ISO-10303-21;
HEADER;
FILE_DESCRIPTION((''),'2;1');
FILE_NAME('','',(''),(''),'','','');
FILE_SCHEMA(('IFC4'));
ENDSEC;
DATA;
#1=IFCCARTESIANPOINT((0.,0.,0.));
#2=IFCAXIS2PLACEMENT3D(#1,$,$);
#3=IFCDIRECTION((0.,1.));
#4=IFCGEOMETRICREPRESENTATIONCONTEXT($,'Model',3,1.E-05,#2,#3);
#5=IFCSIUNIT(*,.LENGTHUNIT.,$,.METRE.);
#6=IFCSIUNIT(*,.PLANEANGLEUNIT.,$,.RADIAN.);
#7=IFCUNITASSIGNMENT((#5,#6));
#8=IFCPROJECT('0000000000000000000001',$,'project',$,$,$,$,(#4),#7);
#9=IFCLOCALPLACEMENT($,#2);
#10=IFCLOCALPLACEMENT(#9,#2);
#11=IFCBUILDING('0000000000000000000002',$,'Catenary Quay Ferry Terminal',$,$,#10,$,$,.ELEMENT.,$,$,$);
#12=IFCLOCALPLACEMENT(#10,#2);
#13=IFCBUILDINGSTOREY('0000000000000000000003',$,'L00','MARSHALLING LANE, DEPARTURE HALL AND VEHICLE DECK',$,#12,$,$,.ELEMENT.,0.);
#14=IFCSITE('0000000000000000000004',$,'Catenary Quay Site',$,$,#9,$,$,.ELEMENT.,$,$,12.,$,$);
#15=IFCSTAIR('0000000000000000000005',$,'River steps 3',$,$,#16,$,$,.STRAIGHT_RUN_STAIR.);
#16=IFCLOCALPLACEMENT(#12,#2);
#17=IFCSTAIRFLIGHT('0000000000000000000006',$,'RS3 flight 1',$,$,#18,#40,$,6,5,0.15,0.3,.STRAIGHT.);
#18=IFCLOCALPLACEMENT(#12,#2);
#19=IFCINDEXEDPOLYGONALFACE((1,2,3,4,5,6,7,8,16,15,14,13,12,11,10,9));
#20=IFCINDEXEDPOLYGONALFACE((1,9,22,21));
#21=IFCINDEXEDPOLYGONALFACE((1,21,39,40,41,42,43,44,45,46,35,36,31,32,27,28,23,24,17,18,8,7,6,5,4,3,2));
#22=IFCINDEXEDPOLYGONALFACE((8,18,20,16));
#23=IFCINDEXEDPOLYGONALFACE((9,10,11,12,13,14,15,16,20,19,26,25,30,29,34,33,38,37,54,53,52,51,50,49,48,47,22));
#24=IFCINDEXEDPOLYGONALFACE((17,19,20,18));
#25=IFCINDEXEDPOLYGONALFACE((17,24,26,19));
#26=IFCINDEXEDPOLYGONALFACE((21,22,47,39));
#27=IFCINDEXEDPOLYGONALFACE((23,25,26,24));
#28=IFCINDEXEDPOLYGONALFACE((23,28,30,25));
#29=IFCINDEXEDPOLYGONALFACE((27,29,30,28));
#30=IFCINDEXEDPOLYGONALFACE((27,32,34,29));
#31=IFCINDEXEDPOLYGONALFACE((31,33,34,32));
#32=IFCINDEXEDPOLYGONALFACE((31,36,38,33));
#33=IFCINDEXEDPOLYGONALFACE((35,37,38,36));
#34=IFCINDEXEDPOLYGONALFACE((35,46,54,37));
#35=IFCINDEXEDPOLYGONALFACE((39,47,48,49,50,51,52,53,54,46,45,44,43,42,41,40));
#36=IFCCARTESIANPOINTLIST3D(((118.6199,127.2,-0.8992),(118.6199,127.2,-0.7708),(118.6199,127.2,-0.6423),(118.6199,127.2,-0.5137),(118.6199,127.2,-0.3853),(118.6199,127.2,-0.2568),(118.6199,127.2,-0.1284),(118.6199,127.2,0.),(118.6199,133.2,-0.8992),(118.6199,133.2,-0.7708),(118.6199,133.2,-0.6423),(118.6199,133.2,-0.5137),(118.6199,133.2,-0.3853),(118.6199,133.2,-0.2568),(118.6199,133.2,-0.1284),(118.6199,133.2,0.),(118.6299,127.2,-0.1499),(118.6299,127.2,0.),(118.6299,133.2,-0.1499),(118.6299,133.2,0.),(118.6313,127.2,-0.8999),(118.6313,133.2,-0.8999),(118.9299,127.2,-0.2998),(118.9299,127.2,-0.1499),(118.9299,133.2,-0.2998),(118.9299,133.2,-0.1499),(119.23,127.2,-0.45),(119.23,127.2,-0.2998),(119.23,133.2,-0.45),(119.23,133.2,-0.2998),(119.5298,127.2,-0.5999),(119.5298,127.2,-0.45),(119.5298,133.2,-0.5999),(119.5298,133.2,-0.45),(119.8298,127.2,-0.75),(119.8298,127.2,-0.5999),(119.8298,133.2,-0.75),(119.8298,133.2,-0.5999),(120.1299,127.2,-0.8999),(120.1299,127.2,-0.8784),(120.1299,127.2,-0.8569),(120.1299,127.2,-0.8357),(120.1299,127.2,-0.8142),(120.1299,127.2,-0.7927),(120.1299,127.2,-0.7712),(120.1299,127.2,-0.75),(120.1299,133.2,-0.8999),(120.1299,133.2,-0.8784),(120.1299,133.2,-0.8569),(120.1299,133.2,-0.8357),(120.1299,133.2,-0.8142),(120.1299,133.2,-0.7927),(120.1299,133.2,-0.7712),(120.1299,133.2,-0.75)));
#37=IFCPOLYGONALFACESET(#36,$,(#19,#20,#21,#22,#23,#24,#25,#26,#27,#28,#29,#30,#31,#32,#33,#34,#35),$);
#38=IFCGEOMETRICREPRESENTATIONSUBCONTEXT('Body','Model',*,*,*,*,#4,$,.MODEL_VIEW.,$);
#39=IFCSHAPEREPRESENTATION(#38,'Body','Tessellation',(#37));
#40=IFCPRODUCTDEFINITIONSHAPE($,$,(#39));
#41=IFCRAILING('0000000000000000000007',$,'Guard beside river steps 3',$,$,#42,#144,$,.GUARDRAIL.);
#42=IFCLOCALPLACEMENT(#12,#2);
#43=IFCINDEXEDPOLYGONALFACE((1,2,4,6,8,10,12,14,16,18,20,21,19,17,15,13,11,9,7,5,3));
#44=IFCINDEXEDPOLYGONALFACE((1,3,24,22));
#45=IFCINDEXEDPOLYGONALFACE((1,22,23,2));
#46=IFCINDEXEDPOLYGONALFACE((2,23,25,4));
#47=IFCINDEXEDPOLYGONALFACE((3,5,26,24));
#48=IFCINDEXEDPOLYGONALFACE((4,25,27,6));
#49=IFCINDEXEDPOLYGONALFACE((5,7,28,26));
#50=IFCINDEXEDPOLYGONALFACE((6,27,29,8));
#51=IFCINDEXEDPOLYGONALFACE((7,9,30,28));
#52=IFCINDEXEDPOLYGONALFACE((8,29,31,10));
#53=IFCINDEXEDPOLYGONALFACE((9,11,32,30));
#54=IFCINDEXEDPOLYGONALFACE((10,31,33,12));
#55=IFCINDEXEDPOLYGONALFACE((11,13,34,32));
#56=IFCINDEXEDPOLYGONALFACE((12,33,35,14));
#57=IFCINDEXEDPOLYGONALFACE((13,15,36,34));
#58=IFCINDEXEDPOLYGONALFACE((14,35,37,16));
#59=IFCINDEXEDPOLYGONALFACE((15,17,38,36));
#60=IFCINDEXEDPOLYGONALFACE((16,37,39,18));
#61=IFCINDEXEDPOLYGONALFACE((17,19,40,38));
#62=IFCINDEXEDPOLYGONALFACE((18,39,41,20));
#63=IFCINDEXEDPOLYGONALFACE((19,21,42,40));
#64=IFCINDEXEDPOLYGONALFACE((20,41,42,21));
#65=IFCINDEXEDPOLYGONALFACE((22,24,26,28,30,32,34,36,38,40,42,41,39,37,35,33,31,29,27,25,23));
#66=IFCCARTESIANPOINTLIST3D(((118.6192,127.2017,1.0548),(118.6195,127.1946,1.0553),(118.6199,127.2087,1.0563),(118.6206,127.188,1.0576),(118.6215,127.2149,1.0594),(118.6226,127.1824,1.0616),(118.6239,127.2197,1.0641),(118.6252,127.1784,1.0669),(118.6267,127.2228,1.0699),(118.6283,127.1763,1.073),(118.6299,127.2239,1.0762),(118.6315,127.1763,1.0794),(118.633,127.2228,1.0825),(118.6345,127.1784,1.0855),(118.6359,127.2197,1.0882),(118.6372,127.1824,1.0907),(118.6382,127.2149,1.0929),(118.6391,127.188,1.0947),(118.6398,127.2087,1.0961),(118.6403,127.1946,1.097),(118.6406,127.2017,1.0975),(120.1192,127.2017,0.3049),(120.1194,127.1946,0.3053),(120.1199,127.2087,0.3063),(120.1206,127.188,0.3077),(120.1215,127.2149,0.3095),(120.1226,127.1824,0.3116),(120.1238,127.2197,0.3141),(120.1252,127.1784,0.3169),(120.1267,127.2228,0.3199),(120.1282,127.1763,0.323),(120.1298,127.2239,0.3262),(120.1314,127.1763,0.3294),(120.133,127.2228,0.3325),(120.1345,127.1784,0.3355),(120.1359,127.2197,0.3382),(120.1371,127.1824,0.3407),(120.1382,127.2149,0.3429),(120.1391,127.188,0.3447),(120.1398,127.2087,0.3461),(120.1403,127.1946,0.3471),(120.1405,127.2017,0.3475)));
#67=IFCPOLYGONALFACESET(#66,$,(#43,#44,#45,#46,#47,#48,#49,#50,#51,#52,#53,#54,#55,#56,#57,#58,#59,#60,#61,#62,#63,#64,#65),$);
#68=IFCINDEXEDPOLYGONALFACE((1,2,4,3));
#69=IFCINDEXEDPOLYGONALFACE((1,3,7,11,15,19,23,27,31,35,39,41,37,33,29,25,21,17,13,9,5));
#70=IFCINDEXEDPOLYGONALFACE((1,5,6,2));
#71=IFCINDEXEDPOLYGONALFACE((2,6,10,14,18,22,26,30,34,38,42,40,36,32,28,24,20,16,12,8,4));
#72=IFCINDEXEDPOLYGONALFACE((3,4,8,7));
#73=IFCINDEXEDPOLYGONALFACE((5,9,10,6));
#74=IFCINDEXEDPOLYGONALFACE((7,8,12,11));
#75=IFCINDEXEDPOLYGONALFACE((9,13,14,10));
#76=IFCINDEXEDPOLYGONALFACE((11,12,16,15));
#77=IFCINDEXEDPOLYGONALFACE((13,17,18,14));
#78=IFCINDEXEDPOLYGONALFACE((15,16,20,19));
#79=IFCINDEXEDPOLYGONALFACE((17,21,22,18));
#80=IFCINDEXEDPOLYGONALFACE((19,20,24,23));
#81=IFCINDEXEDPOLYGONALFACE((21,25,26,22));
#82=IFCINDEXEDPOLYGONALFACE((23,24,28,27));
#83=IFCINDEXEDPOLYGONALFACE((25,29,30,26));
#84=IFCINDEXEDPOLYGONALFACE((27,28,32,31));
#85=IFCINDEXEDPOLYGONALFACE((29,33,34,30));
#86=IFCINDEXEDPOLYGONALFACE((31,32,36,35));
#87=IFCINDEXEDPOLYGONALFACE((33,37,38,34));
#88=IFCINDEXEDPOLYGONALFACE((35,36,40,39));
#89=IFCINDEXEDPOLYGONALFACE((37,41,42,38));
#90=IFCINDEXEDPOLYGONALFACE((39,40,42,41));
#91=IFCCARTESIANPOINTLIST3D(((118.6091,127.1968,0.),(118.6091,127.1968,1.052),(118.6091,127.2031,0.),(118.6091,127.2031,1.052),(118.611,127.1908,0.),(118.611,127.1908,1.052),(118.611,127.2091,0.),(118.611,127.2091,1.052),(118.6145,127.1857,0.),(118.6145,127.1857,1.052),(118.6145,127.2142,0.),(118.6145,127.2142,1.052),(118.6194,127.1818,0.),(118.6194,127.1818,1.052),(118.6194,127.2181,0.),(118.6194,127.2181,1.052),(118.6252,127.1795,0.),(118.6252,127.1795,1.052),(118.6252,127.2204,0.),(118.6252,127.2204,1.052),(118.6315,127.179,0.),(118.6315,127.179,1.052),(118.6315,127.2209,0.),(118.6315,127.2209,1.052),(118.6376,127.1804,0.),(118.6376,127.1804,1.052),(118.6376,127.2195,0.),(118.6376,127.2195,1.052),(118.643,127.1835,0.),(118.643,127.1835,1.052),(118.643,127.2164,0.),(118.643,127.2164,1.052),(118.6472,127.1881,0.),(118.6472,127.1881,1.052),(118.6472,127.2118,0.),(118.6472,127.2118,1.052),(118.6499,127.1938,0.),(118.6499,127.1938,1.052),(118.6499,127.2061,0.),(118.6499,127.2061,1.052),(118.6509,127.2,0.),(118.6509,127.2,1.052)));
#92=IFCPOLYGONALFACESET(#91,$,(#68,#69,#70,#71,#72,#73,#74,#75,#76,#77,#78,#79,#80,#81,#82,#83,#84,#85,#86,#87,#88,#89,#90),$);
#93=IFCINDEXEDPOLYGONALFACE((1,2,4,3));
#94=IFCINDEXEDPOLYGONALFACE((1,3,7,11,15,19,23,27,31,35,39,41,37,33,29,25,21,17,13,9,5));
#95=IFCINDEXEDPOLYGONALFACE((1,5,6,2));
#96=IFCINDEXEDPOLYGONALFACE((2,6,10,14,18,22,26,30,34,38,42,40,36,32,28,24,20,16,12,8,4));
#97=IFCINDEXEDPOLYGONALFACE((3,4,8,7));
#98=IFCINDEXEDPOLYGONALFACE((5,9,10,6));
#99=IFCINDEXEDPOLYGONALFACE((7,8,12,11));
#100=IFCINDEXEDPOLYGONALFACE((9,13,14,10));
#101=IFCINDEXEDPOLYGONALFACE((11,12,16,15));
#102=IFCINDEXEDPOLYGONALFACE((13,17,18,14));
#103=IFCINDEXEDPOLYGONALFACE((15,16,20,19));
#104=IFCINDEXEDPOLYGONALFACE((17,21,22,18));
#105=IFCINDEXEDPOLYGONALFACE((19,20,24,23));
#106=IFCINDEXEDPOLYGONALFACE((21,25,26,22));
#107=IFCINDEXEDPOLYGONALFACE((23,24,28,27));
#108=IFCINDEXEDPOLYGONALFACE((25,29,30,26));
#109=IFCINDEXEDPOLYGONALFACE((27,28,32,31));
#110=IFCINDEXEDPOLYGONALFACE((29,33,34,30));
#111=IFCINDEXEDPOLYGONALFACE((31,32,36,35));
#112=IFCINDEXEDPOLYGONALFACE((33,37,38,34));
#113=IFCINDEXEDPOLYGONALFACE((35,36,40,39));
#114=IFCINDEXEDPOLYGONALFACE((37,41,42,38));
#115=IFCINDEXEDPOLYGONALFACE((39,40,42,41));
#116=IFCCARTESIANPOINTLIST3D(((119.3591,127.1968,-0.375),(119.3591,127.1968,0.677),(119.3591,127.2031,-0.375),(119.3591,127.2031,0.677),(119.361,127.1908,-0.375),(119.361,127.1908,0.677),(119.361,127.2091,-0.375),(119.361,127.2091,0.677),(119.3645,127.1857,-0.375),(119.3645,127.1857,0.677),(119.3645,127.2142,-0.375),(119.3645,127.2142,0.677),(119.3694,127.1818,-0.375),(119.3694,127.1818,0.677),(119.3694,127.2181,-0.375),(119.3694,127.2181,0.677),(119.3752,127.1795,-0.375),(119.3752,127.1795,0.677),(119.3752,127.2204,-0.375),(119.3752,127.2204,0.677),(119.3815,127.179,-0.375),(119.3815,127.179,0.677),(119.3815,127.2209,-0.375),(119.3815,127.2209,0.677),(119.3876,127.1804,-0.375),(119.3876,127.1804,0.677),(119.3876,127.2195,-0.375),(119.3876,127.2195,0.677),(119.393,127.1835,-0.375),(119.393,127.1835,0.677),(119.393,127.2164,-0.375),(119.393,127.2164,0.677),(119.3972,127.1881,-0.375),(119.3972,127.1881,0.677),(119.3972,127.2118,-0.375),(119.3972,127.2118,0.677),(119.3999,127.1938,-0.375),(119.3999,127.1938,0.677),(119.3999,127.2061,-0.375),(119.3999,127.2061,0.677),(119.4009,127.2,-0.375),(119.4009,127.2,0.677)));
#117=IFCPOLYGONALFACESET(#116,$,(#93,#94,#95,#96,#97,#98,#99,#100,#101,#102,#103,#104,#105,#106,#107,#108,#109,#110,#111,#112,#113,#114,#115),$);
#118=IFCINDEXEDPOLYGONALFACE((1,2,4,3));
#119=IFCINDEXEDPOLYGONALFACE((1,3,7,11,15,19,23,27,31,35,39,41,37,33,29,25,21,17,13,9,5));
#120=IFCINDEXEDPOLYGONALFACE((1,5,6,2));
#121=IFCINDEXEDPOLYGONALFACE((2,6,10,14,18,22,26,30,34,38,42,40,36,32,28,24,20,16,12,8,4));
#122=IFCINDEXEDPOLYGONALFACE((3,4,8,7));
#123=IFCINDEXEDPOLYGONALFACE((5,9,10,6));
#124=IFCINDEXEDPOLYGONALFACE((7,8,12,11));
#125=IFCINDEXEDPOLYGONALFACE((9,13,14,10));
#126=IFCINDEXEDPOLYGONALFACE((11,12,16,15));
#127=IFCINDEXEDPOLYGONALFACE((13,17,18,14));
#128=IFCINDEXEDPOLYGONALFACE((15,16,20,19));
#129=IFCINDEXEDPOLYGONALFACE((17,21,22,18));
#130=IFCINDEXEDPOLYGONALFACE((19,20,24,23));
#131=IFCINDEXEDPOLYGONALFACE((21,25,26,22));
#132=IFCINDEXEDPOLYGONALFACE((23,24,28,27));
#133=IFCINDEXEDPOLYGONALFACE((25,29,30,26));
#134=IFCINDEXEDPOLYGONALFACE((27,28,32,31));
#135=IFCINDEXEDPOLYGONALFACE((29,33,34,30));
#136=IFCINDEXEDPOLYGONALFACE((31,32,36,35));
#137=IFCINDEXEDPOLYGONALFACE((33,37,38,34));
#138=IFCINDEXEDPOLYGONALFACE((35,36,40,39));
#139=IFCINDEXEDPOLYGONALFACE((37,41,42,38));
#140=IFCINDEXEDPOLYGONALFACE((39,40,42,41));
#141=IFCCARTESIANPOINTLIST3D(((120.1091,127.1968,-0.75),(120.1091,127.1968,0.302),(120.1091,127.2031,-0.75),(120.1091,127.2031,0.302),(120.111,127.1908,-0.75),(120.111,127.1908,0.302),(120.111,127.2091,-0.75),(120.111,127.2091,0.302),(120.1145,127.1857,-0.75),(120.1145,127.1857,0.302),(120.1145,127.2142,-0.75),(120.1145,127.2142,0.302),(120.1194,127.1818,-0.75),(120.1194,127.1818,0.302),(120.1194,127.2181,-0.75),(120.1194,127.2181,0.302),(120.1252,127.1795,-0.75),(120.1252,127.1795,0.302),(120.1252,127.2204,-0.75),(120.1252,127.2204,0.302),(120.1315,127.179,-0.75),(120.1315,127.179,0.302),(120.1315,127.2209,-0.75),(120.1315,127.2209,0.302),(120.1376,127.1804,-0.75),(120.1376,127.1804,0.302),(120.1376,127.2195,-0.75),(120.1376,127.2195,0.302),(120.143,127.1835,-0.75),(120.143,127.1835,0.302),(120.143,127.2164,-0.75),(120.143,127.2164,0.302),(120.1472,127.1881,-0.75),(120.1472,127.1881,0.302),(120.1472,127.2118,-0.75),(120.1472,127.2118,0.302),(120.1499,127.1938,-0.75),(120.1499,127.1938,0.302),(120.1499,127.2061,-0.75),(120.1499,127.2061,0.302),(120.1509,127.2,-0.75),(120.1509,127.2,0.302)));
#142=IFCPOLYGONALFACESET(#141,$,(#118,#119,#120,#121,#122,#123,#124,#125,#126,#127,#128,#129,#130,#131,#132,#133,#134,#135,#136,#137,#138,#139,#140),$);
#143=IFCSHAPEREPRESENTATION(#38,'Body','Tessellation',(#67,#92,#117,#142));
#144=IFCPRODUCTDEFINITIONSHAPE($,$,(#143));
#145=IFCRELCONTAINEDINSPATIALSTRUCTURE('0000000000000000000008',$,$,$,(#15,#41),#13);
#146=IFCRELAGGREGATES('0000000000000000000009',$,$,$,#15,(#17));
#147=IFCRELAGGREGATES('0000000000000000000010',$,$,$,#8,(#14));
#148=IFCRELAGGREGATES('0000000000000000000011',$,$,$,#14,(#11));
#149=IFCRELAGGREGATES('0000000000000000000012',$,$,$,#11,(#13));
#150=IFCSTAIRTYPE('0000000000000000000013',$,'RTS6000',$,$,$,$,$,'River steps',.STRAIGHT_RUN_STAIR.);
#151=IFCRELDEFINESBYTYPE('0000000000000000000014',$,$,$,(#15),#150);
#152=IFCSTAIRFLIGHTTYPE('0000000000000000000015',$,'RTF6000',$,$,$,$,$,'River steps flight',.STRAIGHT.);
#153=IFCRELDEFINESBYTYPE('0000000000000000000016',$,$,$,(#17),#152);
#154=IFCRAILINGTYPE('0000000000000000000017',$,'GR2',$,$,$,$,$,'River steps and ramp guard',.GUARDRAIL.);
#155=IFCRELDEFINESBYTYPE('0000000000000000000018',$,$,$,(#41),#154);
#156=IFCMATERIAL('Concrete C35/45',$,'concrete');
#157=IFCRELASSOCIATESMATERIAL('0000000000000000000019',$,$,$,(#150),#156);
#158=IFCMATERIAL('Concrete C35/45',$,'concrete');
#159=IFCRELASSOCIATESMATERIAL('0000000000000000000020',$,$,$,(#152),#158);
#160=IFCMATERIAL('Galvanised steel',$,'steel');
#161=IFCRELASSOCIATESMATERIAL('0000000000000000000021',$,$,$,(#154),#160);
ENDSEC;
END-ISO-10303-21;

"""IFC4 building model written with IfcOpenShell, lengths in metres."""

from ifc_helpers import new_model, si_unit, direction, frame, origin, origin_2d, place, context, subcontext, project, spatial, polyline, circle, outline, extrude, material, type_object, element, aggregate, save


model = new_model("IFC4")

# Units and contexts
model_context = context("Model", 3, precision=1e-05, world=origin(), true_north=direction((0.0, 1.0)))
body_context = subcontext(model_context, "Body", "Model", "MODEL_VIEW")
ifc_project = project(units=[si_unit("LENGTHUNIT", "METRE"), si_unit("PLANEANGLEUNIT", "RADIAN")], contexts=[model_context])

# Site, building, storey
site_placement = place(None, origin())
site = spatial("IfcSite", under=ifc_project, at=site_placement, Name="Catenary Quay Site", CompositionType="ELEMENT", RefElevation=12.0)
building_placement = place(site_placement, origin())
building = spatial("IfcBuilding", under=site, at=building_placement, Name="Catenary Quay Ferry Terminal", CompositionType="ELEMENT")
storey_placement = place(building_placement, origin())
storey = spatial("IfcBuildingStorey", under=building, at=storey_placement, Name="L00", Description="MARSHALLING LANE, DEPARTURE HALL AND VEHICLE DECK", CompositionType="ELEMENT", Elevation=0.0)

# Stair, stair flight
ifc_material_1 = material(Name="Concrete C35/45", Category="concrete")
stair_type = type_object("IfcStairType", Name="RTS6000", ElementType="River steps", PredefinedType="STRAIGHT_RUN_STAIR", material=ifc_material_1)
stair_placement = place(storey_placement, origin())
stair = element("IfcStair", 1, at=stair_placement, inside=storey, type_object=stair_type, Name="River steps 3", PredefinedType="STRAIGHT_RUN_STAIR")
ifc_material_2 = material(Name="Concrete C35/45", Category="concrete")
stair_flight_type = type_object("IfcStairFlightType", Name="RTF6000", ElementType="River steps flight", PredefinedType="STRAIGHT", material=ifc_material_2)
stair_flight_placement = place(storey_placement, frame((120.1299, 130.2, -0.8999), z_axis=(0.0, 0.0, 1.0), x_axis=(-1.0, 0.0, 0.0)))
stair_flight = element("IfcStairFlight", 2, at=stair_flight_placement, type_object=stair_flight_type, Name="RS3 flight 1", NumberOfRisers=6, NumberOfTreads=5, PredefinedType="STRAIGHT", RiserHeight=0.15, TreadLength=0.3, context=body_context, shape_type="SweptSolid", body=[
    extrude(outline(polyline([(0.0, 0.0), (0.0, 0.0215), (0.0, 0.043), (0.0, 0.0642), (0.0, 0.0857), (0.0, 0.1072), (0.0, 0.1287), (0.0, 0.1499), (0.3, 0.1499), (0.3, 0.3), (0.6001, 0.3), (0.6001, 0.45), (0.8999, 0.45), (0.8999, 0.6001), (1.2, 0.6001), (1.2, 0.75), (1.5, 0.75), (1.5, 0.8999), (1.51, 0.8999), (1.51, 0.7715), (1.51, 0.6431), (1.51, 0.5146), (1.51, 0.3862), (1.51, 0.2576), (1.51, 0.1292), (1.51, 0.0007), (1.4985, 0.0), (0.0, 0.0)])), frame((0.0, 3.0, 0.0), z_axis=(0.0, -1.0, 0.0), x_axis=(1.0, 0.0, 0.0)), (0.0, 0.0, 1.0), 6.0),
])
aggregate(stair, [stair_flight])

# Railing
ifc_material_3 = material(Name="Galvanised steel", Category="steel")
railing_type_1 = type_object("IfcRailingType", Name="GR2", ElementType="River steps and ramp guard", PredefinedType="GUARDRAIL", material=ifc_material_3)
for number, where, name in (
    (3, (118.6299, 127.2, 0.0), "Guard beside river steps 3"),
):
    element("IfcRailing", number, at=place(storey_placement, frame(where)), inside=storey, type_object=railing_type_1, Name=name, PredefinedType="GUARDRAIL", context=body_context, shape_type="SweptSolid", body=[
        extrude(circle(Radius=0.0239, at=origin_2d()), frame((0.0, 0.0, 1.0762), z_axis=(0.894427, 0.0, -0.447214), x_axis=(0.0, 1.0, 0.0)), (0.0, 0.0, 1.0), 1.677),
        extrude(circle(Radius=0.021, at=origin_2d()), origin(), (0.0, 0.0, 1.0), 1.052),
        extrude(circle(Radius=0.021, at=origin_2d()), frame((0.75, 0.0, -0.375)), (0.0, 0.0, 1.0), 1.052),
        extrude(circle(Radius=0.021, at=origin_2d()), frame((1.5, 0.0, -0.75)), (0.0, 0.0, 1.0), 1.052),
    ])

save(model, "model.ifc")
